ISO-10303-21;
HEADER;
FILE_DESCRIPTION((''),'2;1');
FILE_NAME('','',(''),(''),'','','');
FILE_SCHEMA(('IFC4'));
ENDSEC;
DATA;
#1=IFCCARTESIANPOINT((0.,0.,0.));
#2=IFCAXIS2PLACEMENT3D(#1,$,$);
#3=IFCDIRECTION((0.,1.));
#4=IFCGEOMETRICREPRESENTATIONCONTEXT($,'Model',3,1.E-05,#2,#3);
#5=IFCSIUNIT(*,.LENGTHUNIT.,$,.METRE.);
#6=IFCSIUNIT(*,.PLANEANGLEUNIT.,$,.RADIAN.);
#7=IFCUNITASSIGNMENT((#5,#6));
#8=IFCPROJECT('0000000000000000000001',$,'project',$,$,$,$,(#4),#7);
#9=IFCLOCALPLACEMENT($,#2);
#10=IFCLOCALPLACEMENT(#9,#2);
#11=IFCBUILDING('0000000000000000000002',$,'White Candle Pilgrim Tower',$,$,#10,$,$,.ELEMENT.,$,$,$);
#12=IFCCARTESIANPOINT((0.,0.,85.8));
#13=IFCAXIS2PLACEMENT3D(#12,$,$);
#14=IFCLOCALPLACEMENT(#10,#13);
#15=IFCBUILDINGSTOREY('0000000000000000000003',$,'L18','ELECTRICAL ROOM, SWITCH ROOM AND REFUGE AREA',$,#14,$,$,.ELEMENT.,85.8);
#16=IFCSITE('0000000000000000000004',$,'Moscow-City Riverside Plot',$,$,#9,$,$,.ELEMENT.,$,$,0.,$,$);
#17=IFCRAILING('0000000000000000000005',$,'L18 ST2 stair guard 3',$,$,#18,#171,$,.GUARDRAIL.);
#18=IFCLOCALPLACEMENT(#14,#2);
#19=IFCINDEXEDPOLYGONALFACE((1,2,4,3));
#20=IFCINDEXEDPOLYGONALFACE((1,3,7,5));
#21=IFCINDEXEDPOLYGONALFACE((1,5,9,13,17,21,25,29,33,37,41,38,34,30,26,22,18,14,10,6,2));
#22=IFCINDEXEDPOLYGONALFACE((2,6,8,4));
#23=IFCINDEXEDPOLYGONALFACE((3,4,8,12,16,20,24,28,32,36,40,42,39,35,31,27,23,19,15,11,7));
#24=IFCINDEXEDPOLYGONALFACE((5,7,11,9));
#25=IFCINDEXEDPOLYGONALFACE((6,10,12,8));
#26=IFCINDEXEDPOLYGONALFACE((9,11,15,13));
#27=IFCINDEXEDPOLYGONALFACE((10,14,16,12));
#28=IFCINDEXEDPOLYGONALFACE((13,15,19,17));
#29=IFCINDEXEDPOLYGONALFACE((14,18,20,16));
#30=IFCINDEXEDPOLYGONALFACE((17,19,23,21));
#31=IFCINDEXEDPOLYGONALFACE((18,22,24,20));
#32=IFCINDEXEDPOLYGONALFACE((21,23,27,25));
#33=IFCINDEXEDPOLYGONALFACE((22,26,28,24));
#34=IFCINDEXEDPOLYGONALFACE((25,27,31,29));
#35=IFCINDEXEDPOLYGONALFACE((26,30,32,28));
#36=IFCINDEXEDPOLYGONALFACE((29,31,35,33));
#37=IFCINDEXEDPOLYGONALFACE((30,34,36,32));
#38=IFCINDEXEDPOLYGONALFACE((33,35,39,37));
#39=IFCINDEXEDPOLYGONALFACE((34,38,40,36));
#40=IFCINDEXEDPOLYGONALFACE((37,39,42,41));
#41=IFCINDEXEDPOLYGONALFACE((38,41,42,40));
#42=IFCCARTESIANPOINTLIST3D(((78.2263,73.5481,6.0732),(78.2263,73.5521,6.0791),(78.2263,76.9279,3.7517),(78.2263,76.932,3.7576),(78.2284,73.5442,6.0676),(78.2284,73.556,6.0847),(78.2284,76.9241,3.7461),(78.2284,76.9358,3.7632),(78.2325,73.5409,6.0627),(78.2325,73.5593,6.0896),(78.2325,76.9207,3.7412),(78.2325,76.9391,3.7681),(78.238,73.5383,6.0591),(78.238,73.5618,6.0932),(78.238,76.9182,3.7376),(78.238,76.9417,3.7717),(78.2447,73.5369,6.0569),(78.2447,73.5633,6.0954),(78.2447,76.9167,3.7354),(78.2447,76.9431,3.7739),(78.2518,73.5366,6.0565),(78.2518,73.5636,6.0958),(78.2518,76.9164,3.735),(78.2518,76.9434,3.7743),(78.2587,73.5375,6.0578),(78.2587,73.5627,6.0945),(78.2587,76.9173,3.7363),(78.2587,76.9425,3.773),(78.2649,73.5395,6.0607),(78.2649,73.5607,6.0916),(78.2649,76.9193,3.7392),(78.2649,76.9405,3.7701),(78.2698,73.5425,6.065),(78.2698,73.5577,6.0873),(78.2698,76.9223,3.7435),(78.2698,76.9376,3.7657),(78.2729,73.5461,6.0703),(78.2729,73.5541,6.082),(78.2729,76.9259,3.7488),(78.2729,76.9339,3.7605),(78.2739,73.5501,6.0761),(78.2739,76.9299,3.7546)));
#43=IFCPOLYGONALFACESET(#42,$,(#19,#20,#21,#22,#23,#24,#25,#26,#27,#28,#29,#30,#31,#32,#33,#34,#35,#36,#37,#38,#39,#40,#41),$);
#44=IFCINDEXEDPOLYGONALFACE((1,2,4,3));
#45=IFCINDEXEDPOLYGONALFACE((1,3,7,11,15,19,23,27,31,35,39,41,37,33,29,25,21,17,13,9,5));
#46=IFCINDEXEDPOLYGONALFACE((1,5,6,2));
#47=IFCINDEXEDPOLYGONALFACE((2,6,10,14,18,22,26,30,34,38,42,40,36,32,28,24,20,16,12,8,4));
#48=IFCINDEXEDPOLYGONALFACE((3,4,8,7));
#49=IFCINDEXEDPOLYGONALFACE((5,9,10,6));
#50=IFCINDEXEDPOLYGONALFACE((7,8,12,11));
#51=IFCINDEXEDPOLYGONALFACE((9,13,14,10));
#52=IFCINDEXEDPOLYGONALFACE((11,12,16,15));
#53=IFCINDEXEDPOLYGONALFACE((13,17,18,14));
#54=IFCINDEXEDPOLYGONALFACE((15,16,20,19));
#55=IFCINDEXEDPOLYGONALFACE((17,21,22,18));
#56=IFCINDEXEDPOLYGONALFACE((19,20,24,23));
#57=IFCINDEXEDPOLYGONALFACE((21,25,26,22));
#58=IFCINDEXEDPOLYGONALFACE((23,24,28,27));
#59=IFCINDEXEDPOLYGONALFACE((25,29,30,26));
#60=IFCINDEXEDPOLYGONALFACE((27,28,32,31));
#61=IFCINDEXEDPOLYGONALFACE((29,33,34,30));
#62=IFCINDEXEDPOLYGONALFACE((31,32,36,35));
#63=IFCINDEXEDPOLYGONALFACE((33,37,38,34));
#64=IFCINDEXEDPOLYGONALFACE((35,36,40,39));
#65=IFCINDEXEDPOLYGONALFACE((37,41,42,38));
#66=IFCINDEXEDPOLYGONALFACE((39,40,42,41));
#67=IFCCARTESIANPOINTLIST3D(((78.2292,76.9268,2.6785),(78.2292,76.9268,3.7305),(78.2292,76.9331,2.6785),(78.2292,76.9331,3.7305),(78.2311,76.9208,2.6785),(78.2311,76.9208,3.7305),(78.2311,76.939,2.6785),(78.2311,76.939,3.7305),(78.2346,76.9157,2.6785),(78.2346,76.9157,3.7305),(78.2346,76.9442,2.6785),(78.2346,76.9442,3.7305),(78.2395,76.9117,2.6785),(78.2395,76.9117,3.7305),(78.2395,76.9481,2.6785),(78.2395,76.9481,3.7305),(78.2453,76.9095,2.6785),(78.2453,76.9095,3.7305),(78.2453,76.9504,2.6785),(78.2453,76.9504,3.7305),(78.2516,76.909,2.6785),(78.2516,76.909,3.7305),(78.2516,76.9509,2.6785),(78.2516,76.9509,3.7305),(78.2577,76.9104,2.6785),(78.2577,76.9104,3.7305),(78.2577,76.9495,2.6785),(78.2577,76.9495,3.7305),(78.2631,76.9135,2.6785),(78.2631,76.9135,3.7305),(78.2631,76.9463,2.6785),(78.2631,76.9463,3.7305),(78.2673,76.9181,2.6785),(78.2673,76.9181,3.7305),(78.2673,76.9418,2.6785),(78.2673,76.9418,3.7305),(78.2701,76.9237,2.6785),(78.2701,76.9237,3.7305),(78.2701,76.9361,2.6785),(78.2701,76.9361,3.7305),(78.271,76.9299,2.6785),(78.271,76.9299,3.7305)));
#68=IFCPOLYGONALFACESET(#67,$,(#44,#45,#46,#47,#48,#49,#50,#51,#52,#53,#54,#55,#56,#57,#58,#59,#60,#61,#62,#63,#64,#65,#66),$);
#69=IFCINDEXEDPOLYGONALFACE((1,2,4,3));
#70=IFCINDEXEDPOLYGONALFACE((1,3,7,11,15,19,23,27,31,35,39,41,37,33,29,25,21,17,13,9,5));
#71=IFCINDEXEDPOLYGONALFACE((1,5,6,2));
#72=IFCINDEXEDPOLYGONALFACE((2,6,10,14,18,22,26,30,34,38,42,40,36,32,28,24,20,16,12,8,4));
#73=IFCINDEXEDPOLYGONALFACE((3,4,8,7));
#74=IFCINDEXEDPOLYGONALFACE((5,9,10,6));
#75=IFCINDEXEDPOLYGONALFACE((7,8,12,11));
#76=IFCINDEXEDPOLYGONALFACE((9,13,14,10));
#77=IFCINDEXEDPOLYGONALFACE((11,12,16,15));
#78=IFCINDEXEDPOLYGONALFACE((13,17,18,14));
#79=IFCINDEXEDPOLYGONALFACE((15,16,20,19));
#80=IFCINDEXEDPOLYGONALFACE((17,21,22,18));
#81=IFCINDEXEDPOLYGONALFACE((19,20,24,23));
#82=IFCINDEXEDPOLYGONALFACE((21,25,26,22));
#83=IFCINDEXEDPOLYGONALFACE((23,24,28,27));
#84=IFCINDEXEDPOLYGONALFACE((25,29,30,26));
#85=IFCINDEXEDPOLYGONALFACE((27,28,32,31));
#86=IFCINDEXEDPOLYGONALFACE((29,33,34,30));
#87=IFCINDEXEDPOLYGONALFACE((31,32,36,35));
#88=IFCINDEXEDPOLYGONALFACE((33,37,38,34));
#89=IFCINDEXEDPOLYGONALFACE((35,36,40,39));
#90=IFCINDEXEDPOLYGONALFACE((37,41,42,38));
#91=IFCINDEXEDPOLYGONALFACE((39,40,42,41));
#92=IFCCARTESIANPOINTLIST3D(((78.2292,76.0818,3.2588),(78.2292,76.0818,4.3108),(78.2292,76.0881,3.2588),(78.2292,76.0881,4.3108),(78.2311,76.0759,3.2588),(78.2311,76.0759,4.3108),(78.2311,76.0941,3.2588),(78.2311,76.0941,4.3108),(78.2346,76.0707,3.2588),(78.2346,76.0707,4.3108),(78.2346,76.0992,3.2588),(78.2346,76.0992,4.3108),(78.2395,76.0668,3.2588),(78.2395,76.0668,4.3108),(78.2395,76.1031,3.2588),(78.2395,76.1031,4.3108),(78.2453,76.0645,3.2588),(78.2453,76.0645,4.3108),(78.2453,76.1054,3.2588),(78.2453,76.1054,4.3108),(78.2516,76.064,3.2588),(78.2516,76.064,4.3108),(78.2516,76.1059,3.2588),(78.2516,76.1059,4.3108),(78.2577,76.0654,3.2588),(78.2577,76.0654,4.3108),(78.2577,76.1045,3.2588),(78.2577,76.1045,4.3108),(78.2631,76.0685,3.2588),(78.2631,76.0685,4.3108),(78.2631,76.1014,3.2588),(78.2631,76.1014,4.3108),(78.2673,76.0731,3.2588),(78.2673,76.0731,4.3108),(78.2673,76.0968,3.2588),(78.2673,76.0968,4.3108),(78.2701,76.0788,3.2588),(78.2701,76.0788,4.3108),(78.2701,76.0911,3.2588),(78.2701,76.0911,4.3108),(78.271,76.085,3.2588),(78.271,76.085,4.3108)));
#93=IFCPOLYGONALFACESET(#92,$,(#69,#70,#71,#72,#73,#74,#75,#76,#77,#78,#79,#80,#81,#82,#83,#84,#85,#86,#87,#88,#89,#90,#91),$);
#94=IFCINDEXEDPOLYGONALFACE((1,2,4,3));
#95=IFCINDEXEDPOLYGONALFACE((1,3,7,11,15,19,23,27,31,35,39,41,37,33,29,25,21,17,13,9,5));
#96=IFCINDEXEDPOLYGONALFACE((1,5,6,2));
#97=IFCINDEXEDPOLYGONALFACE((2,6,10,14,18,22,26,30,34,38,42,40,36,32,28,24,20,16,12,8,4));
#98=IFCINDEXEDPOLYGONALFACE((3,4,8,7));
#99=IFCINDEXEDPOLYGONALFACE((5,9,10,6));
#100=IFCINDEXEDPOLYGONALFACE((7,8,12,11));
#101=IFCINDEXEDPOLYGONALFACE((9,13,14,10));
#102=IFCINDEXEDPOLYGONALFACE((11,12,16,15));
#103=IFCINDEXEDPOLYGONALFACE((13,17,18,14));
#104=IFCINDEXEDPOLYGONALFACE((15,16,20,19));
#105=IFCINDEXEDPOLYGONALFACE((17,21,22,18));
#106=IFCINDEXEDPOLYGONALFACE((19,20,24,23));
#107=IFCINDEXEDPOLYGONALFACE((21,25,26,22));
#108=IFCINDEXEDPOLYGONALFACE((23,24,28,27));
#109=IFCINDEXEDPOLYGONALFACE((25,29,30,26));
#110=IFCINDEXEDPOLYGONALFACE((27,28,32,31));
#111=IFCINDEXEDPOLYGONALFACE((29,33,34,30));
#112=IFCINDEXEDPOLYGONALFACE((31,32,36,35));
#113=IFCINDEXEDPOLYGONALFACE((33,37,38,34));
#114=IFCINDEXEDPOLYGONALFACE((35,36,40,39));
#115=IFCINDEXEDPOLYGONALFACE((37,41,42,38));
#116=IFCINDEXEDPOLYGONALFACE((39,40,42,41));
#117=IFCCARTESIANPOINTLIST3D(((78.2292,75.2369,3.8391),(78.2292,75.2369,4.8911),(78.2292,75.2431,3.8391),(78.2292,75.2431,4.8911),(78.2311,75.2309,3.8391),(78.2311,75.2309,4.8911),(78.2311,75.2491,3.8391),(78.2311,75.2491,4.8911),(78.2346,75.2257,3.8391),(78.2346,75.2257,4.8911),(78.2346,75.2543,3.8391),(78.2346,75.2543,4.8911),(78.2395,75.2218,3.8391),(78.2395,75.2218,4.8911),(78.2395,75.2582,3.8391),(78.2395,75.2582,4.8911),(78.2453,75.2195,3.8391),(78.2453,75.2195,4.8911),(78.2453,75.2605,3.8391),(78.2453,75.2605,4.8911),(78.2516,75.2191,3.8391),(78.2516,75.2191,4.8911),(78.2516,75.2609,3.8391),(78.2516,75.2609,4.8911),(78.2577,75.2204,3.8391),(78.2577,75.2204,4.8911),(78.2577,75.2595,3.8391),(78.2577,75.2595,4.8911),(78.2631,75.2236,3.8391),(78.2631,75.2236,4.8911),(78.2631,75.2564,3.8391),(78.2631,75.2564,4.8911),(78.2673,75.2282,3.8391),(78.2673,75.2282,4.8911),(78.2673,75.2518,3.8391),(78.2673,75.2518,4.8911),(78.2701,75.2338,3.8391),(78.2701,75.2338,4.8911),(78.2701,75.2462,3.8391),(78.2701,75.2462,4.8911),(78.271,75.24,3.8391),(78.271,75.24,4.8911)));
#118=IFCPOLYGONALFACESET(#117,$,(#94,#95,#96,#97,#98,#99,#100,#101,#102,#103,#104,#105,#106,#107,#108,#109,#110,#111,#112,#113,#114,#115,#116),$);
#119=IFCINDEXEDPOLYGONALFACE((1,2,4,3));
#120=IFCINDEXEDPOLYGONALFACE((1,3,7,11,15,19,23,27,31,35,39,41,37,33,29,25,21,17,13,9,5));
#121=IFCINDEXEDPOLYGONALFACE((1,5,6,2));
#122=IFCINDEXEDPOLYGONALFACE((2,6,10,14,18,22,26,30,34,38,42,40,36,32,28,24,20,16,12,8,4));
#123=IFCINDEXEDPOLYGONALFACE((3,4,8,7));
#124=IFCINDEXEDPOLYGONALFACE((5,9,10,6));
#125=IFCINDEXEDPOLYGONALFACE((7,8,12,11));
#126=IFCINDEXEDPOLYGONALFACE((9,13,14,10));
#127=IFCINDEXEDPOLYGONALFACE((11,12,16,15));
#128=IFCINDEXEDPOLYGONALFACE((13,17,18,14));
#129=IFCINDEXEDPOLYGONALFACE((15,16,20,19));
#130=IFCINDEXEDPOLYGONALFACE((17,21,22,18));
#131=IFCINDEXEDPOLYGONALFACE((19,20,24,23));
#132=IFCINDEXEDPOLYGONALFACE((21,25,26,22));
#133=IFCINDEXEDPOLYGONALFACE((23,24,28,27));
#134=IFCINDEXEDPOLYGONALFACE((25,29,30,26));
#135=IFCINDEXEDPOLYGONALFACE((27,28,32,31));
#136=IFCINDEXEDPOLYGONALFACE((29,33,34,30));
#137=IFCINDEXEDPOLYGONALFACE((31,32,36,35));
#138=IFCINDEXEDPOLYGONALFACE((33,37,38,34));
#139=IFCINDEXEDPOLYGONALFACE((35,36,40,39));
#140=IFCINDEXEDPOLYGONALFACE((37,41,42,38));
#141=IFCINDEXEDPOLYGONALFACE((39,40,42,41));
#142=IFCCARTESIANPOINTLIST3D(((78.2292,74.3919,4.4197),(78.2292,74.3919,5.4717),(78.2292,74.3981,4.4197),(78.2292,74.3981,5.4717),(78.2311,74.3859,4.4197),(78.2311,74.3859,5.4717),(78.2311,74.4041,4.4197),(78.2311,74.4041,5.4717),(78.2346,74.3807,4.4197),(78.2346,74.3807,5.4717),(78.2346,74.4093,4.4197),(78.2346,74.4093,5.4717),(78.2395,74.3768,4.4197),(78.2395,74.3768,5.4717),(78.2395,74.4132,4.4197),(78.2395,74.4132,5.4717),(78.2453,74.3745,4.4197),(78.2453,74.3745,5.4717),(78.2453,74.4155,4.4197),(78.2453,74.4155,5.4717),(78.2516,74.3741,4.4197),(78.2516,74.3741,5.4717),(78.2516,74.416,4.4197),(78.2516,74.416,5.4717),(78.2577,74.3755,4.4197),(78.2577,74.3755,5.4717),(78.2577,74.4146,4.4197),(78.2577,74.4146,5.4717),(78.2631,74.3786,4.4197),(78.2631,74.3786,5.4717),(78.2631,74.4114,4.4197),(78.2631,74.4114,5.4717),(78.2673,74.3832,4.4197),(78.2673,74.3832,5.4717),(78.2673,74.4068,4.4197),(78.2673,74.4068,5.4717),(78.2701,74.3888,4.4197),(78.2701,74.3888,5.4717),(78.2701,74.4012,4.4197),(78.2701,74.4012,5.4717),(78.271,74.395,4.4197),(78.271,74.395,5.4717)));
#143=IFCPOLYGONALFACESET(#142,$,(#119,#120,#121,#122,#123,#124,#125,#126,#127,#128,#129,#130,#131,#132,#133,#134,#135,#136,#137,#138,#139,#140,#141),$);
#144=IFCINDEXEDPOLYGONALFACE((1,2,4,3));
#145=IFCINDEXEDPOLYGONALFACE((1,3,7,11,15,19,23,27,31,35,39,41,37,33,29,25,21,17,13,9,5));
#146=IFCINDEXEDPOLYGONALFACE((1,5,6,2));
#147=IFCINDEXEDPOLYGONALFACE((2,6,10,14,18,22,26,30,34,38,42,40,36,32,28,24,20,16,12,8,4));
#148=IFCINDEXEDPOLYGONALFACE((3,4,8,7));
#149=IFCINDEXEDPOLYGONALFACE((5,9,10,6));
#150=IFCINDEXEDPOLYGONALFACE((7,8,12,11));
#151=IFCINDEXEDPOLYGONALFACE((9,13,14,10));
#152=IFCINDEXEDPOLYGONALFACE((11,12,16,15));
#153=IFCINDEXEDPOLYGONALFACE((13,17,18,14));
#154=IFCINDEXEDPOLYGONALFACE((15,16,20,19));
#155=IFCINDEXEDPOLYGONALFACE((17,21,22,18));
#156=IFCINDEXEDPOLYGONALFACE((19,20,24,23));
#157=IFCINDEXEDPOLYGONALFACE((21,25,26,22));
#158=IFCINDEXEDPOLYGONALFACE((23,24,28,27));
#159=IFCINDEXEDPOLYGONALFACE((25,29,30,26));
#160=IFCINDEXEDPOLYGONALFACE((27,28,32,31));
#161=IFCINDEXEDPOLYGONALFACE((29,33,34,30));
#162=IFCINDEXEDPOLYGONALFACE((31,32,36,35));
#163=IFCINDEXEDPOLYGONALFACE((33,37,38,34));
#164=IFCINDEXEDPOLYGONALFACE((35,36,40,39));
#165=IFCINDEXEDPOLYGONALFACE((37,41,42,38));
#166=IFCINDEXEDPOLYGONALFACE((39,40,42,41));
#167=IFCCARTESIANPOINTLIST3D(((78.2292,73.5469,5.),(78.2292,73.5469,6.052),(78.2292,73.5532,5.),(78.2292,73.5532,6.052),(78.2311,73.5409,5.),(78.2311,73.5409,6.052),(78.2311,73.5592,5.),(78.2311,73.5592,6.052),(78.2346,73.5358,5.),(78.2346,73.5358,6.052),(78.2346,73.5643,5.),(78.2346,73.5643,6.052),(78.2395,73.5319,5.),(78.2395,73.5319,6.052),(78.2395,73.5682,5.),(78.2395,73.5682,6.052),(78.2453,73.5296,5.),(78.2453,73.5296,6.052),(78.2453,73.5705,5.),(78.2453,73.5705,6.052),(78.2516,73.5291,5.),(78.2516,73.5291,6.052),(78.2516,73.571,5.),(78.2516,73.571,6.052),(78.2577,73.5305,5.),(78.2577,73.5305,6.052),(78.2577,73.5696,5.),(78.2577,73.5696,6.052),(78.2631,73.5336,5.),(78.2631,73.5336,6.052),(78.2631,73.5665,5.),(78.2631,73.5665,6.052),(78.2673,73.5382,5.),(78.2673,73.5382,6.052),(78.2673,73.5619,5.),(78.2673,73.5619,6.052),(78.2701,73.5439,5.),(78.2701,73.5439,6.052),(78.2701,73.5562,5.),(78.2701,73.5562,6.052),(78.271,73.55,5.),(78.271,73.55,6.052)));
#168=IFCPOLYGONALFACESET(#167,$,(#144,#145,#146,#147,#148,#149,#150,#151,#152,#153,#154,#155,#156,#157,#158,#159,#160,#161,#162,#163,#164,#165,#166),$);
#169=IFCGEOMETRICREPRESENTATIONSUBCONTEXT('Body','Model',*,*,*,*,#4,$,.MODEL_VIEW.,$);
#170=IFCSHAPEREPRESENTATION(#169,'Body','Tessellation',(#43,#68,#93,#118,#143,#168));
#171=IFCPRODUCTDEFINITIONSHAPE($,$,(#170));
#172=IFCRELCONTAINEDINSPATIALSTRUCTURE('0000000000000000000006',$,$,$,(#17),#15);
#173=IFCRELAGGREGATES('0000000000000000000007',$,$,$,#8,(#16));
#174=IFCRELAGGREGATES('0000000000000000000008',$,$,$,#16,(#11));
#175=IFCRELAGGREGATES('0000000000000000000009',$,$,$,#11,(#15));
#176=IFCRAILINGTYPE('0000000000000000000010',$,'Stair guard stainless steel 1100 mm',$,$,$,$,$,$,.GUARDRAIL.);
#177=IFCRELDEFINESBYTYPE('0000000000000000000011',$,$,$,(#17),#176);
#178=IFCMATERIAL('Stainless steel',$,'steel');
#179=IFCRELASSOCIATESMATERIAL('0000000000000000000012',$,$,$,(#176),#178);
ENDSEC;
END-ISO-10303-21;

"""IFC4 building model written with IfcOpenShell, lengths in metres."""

from ifc_helpers import new_model, si_unit, direction, frame, origin, origin_2d, place, context, subcontext, project, spatial, circle, extrude, material, type_object, element, save


model = new_model("IFC4")

# Units and contexts
model_context = context("Model", 3, precision=1e-05, world=origin(), true_north=direction((0.0, 1.0)))
body_context = subcontext(model_context, "Body", "Model", "MODEL_VIEW")
ifc_project = project(units=[si_unit("LENGTHUNIT", "METRE"), si_unit("PLANEANGLEUNIT", "RADIAN")], contexts=[model_context])

# Site, building, storey
site_placement = place(None, origin())
site = spatial("IfcSite", under=ifc_project, at=site_placement, Name="Moscow-City Riverside Plot", CompositionType="ELEMENT", RefElevation=0.0)
building_placement = place(site_placement, origin())
building = spatial("IfcBuilding", under=site, at=building_placement, Name="White Candle Pilgrim Tower", CompositionType="ELEMENT")
storey_placement = place(building_placement, frame((0.0, 0.0, 85.8)))
storey = spatial("IfcBuildingStorey", under=building, at=storey_placement, Name="L18", Description="ELECTRICAL ROOM, SWITCH ROOM AND REFUGE AREA", CompositionType="ELEMENT", Elevation=85.8)

# Railing
ifc_material_1 = material(Name="Stainless steel", Category="steel")
railing_type_1 = type_object("IfcRailingType", Name="Stair guard stainless steel 1100 mm", PredefinedType="GUARDRAIL", material=ifc_material_1)
railing_1_placement = place(storey_placement, frame((78.25, 76.9299, 2.6785)))
element("IfcRailing", 1, at=railing_1_placement, inside=storey, type_object=railing_type_1, Name="L18 ST2 stair guard 3", PredefinedType="GUARDRAIL", context=body_context, shape_type="SweptSolid", body=[
    extrude(circle(Radius=0.0239, at=origin_2d()), frame((0.0, 0.0, 1.0762), z_axis=(0.0, -0.824285, 0.566175), x_axis=(1.0, 0.0, 0.0)), (0.0, 0.0, 1.0), 4.1003),
    extrude(circle(Radius=0.021, at=origin_2d()), origin(), (0.0, 0.0, 1.0), 1.052),
    extrude(circle(Radius=0.021, at=origin_2d()), frame((0.0, -0.845, 0.5803)), (0.0, 0.0, 1.0), 1.052),
    extrude(circle(Radius=0.021, at=origin_2d()), frame((0.0, -1.6899, 1.1606)), (0.0, 0.0, 1.0), 1.052),
    extrude(circle(Radius=0.021, at=origin_2d()), frame((0.0, -2.5349, 1.7412)), (0.0, 0.0, 1.0), 1.052),
    extrude(circle(Radius=0.021, at=origin_2d()), frame((0.0, -3.3799, 2.3215)), (0.0, 0.0, 1.0), 1.052),
])

save(model, "model.ifc")
